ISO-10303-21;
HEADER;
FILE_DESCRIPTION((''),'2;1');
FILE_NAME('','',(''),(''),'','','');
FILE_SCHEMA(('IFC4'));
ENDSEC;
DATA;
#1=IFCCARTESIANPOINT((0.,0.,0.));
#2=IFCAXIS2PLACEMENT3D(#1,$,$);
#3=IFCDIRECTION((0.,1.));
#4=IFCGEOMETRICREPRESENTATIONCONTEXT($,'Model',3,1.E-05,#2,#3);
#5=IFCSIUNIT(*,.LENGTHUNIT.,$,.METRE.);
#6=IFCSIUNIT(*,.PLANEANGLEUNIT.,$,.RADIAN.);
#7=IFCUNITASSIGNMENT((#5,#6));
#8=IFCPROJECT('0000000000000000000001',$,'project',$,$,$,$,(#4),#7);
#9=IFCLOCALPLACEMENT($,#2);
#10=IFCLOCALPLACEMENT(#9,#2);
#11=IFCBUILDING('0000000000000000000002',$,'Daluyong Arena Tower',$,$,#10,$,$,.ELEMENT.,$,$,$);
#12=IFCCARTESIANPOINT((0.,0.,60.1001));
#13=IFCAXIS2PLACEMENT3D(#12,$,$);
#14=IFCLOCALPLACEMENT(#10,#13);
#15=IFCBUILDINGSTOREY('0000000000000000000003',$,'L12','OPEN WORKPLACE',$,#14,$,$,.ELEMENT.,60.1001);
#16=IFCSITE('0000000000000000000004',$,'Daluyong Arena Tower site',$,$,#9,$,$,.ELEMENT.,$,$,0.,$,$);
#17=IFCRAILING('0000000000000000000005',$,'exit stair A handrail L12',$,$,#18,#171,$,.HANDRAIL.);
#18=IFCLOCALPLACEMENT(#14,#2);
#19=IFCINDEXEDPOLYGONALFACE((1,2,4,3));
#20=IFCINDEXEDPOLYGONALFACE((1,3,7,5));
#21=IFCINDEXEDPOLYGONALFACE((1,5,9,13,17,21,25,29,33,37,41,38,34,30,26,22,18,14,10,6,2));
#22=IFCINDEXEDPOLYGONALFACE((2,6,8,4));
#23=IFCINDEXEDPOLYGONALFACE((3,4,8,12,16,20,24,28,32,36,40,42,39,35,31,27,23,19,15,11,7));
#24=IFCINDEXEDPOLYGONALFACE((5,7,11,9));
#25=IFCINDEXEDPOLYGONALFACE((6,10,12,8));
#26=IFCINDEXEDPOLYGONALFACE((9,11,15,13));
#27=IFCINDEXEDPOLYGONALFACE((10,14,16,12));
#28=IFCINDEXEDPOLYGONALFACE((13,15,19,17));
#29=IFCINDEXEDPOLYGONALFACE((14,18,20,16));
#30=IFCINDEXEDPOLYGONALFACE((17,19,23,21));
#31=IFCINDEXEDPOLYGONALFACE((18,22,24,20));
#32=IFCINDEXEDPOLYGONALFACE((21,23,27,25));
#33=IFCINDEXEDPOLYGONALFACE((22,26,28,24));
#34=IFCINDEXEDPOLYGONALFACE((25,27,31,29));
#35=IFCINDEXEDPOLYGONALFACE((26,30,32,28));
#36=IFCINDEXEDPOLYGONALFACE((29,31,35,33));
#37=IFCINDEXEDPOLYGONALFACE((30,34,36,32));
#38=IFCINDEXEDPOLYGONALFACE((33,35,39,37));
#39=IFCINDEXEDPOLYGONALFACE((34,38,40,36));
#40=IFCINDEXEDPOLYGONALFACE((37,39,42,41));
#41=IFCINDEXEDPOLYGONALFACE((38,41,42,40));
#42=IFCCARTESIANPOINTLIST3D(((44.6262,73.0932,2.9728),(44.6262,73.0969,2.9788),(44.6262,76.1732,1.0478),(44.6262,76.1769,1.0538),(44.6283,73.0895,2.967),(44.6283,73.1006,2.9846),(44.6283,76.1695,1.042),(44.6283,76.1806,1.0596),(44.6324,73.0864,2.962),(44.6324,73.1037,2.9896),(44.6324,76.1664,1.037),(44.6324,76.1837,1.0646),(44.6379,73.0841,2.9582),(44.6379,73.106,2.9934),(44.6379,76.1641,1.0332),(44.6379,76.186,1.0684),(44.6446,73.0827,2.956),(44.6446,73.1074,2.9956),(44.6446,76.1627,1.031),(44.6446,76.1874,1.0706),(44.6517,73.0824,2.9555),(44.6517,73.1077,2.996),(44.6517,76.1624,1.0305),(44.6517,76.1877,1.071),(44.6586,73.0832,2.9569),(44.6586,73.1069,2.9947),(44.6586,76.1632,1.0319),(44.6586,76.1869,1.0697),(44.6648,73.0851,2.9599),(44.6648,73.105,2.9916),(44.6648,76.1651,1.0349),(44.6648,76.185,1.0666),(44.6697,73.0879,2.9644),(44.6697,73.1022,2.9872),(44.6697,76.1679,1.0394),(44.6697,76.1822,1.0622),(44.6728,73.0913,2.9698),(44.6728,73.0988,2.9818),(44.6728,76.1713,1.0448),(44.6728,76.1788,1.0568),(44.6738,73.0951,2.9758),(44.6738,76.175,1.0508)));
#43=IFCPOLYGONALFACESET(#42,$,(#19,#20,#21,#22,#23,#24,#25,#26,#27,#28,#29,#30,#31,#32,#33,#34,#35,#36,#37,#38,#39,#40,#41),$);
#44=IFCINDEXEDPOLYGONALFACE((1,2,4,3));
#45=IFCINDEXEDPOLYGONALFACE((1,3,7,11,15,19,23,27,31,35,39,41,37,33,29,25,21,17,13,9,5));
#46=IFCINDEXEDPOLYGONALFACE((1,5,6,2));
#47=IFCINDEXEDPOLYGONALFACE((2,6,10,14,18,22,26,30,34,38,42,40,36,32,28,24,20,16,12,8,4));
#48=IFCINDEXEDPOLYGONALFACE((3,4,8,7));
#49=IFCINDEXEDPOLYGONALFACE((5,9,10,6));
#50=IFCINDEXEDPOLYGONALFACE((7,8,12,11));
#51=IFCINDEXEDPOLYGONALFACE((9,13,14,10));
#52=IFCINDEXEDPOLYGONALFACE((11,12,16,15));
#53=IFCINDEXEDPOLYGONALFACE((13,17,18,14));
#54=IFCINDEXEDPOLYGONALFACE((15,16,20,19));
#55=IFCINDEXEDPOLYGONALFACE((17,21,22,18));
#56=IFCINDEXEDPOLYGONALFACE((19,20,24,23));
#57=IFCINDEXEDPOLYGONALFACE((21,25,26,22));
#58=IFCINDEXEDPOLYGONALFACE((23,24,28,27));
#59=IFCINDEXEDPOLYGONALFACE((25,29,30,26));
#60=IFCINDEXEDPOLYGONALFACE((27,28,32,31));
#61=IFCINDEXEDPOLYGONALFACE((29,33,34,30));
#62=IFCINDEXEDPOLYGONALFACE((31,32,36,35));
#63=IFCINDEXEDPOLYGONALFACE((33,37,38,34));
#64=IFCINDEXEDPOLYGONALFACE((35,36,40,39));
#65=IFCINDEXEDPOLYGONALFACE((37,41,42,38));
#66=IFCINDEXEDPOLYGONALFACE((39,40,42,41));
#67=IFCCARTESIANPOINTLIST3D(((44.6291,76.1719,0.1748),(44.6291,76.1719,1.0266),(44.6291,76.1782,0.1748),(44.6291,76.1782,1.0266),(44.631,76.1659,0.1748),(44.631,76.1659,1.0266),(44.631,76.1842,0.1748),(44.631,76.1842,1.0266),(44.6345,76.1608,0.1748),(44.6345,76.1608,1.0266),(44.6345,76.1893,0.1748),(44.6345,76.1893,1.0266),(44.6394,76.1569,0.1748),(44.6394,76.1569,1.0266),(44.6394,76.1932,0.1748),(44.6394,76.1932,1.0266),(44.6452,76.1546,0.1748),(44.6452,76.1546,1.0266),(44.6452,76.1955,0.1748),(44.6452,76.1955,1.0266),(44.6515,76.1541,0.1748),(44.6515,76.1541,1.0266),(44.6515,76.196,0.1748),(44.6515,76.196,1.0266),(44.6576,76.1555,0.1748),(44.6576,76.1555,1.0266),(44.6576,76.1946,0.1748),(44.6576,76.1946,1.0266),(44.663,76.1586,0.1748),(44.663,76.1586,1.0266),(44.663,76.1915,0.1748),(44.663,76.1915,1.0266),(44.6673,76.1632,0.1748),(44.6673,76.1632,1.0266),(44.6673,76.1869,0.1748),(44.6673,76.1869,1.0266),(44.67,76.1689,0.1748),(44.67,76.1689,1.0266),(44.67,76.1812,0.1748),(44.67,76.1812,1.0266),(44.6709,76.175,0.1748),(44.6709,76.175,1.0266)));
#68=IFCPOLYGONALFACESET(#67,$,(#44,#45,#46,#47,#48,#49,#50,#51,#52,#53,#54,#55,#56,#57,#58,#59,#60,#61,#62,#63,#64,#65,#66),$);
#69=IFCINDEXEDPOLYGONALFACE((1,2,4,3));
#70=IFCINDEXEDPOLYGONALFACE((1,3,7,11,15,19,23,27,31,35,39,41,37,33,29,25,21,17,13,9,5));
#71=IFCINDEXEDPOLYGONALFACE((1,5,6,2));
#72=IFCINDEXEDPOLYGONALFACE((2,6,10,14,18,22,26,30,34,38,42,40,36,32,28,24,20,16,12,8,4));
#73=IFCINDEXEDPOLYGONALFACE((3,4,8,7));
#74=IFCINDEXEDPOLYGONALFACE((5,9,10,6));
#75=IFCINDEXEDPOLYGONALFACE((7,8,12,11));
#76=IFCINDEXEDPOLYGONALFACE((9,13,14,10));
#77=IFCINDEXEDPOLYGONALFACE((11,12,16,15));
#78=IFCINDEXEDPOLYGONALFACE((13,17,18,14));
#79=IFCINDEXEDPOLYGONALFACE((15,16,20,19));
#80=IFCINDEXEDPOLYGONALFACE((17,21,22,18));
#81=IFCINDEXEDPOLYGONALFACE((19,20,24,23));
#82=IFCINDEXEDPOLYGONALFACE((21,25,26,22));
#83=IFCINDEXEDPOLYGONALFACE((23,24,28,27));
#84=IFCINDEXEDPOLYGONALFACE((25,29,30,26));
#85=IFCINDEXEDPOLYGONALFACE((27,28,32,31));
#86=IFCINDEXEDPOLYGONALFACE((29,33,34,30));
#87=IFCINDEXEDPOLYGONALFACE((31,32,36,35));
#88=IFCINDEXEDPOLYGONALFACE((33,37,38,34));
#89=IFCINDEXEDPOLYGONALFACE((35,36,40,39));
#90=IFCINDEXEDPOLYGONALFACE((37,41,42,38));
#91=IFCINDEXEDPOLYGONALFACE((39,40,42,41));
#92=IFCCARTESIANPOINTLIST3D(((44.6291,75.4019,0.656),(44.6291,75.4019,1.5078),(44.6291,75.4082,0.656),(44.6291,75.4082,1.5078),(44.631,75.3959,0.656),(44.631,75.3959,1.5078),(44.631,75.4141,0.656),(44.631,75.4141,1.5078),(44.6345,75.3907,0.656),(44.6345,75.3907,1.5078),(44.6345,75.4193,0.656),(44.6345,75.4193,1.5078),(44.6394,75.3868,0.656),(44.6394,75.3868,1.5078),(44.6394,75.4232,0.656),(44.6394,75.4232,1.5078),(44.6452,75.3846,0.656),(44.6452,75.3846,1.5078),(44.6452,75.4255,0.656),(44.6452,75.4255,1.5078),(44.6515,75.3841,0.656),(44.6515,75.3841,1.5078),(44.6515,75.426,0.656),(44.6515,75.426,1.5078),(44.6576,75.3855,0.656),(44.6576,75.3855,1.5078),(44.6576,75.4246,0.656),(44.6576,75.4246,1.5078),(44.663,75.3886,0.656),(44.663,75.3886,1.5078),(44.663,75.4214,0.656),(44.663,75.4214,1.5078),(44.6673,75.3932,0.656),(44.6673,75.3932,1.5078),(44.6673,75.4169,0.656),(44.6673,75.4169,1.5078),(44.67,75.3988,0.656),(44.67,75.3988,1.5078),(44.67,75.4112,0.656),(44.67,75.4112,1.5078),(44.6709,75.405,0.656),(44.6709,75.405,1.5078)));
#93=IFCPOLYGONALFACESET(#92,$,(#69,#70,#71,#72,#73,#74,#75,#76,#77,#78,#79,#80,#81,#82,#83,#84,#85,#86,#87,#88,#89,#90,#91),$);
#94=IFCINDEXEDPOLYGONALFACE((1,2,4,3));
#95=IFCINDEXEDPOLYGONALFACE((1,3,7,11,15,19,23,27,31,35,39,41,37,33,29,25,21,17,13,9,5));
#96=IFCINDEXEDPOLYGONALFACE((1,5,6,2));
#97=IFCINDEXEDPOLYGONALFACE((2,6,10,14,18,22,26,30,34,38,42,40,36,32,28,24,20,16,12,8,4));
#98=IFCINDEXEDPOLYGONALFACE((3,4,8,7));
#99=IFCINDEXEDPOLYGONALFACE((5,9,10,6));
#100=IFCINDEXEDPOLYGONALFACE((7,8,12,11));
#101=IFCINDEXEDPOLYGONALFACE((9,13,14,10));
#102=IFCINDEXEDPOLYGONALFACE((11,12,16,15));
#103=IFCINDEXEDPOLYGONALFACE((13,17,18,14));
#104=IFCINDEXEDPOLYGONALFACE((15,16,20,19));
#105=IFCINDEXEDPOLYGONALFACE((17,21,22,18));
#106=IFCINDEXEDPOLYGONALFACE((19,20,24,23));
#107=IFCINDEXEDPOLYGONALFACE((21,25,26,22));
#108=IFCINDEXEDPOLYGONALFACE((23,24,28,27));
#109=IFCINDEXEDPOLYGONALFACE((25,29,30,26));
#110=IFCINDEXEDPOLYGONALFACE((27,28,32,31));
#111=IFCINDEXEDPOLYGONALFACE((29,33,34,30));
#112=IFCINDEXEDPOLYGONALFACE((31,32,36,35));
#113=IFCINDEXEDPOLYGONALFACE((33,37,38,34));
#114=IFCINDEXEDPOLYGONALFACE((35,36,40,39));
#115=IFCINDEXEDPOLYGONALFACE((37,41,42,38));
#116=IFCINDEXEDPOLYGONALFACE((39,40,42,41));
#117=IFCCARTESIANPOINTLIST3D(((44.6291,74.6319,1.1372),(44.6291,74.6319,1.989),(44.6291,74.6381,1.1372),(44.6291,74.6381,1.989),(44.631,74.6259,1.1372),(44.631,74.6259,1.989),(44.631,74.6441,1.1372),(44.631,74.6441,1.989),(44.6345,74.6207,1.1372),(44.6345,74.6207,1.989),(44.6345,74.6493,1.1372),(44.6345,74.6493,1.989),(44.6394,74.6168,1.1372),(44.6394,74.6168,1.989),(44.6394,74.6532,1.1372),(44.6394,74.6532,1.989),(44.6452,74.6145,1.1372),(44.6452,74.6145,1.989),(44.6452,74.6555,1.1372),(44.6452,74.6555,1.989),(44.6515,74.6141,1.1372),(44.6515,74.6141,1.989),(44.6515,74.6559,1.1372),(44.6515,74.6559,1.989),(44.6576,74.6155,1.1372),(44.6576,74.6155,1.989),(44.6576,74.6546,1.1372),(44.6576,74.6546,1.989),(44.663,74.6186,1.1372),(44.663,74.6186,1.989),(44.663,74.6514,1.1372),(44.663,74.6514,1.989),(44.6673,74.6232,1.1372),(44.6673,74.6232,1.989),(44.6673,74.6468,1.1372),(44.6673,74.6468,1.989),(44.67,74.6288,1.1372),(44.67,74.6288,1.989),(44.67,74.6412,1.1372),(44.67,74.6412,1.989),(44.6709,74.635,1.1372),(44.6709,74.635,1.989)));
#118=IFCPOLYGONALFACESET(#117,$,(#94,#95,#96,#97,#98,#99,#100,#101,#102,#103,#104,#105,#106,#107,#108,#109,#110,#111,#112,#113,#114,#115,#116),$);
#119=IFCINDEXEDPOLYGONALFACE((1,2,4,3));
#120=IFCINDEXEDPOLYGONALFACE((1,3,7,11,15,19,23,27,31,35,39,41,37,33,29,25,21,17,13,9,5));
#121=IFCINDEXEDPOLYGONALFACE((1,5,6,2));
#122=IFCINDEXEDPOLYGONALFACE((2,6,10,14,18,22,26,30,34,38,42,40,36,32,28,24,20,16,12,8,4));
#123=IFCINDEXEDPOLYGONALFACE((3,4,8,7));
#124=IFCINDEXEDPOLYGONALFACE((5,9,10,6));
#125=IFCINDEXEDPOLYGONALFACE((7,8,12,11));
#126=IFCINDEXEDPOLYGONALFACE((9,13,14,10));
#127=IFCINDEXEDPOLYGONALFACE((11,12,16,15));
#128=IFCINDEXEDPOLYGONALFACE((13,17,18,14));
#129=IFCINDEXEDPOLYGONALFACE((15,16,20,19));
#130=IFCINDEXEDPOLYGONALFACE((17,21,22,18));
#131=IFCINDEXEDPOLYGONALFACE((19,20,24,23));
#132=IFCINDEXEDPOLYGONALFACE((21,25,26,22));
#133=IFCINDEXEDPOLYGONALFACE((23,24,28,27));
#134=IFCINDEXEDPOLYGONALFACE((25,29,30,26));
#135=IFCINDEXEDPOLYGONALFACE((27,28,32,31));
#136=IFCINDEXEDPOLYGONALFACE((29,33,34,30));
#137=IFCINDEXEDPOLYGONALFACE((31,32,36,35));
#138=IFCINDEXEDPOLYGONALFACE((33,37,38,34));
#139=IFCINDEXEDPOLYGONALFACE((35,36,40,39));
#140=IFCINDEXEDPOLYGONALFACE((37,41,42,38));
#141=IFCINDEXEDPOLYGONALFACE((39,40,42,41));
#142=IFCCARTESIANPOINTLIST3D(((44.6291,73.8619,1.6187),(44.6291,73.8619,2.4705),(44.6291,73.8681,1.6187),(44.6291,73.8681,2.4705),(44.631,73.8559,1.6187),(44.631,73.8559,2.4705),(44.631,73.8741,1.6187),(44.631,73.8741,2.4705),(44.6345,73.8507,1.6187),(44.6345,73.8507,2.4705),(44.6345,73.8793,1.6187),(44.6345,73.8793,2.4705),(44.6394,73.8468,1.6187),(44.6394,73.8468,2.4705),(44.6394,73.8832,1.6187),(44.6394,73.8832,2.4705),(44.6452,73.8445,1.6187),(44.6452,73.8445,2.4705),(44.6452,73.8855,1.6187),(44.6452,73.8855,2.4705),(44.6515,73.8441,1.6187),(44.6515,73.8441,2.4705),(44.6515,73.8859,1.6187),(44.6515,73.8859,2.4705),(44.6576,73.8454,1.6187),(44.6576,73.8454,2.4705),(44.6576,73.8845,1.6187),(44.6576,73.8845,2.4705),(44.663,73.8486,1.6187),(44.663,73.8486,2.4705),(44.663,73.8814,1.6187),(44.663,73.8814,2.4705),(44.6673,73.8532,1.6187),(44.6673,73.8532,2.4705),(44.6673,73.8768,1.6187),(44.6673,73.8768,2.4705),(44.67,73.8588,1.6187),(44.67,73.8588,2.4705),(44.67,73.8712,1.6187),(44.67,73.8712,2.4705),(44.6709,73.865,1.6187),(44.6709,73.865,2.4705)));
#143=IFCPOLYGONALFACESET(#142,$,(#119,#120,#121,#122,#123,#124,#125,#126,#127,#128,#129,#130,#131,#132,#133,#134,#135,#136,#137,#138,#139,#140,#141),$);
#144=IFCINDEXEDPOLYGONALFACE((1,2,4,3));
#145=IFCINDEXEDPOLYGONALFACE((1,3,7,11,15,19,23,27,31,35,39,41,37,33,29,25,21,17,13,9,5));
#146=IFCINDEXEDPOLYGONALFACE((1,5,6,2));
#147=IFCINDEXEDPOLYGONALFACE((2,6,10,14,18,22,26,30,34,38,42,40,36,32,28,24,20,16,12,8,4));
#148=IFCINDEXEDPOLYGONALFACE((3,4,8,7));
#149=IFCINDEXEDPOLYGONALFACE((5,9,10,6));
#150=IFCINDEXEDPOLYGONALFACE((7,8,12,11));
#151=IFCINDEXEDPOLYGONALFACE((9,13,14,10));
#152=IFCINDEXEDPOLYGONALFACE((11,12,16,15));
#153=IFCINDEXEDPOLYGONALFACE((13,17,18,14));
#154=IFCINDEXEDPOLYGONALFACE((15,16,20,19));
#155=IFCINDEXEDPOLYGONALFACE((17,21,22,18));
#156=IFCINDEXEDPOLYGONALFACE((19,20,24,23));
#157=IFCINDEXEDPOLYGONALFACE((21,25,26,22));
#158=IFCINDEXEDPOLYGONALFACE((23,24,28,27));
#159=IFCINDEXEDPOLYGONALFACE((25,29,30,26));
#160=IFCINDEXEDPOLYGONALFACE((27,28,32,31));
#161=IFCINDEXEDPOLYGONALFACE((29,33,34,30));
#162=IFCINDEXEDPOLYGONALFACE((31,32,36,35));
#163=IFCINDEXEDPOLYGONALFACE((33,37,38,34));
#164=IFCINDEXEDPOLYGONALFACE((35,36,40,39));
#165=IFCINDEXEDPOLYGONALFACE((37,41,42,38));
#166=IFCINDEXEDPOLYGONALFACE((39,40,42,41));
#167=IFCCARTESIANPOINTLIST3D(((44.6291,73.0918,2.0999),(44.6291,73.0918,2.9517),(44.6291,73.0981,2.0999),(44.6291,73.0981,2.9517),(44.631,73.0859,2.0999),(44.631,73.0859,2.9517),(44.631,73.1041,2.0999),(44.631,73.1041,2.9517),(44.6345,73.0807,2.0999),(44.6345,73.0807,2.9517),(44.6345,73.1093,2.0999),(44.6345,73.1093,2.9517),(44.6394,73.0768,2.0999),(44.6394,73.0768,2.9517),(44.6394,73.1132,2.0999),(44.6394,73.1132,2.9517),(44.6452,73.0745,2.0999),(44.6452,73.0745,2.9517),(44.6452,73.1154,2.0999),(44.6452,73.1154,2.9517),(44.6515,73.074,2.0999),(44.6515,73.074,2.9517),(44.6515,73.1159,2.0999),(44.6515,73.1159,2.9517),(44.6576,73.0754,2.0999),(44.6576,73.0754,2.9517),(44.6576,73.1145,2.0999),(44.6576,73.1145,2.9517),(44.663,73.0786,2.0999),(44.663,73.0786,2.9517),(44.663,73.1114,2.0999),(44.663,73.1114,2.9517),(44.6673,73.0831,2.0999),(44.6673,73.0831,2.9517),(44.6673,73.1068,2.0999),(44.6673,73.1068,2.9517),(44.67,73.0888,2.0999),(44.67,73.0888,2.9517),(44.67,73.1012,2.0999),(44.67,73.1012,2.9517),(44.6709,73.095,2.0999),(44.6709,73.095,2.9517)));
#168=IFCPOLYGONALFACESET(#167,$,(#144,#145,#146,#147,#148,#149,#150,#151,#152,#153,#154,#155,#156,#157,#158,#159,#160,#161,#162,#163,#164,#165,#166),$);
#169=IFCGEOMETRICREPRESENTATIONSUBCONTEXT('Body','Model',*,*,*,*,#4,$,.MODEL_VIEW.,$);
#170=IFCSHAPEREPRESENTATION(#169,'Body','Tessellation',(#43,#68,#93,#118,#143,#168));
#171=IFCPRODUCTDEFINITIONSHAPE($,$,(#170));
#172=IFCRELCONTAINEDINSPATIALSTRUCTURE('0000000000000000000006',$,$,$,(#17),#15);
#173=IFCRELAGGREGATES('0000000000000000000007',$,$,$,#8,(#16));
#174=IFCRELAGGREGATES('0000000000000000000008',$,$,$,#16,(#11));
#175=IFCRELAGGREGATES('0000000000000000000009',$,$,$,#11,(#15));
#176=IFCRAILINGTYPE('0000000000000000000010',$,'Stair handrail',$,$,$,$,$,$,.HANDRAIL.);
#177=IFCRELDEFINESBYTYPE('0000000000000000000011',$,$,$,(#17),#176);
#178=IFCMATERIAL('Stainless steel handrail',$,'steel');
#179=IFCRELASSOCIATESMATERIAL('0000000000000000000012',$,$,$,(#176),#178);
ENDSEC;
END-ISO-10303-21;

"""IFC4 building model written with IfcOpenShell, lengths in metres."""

from ifc_helpers import new_model, si_unit, direction, frame, origin, origin_2d, place, context, subcontext, project, spatial, circle, extrude, material, type_object, element, save


model = new_model("IFC4")

# Units and contexts
model_context = context("Model", 3, precision=1e-05, world=origin(), true_north=direction((0.0, 1.0)))
body_context = subcontext(model_context, "Body", "Model", "MODEL_VIEW")
ifc_project = project(units=[si_unit("LENGTHUNIT", "METRE"), si_unit("PLANEANGLEUNIT", "RADIAN")], contexts=[model_context])

# Site, building, storey
site_placement = place(None, origin())
site = spatial("IfcSite", under=ifc_project, at=site_placement, Name="Daluyong Arena Tower site", CompositionType="ELEMENT", RefElevation=0.0)
building_placement = place(site_placement, origin())
building = spatial("IfcBuilding", under=site, at=building_placement, Name="Daluyong Arena Tower", CompositionType="ELEMENT")
storey_placement = place(building_placement, frame((0.0, 0.0, 60.1001)))
storey = spatial("IfcBuildingStorey", under=building, at=storey_placement, Name="L12", Description="OPEN WORKPLACE", CompositionType="ELEMENT", Elevation=60.1001)

# Railing
ifc_material_1 = material(Name="Stainless steel handrail", Category="steel")
railing_type_1 = type_object("IfcRailingType", Name="Stair handrail", PredefinedType="HANDRAIL", material=ifc_material_1)
railing_1_placement = place(storey_placement, frame((44.6499, 76.175, 0.1748)))
element("IfcRailing", 1, at=railing_1_placement, inside=storey, type_object=railing_type_1, Name="exit stair A handrail L12", PredefinedType="HANDRAIL", context=body_context, shape_type="SweptSolid", body=[
    extrude(circle(Radius=0.0239, at=origin_2d()), frame((0.0, 0.0, 0.876), z_axis=(0.0, -0.847998, 0.529999), x_axis=(1.0, 0.0, 0.0)), (0.0, 0.0, 1.0), 3.6321),
    extrude(circle(Radius=0.021, at=origin_2d()), origin(), (0.0, 0.0, 1.0), 0.8518),
    extrude(circle(Radius=0.021, at=origin_2d()), frame((0.0, -0.77, 0.4812)), (0.0, 0.0, 1.0), 0.8518),
    extrude(circle(Radius=0.021, at=origin_2d()), frame((0.0, -1.54, 0.9624)), (0.0, 0.0, 1.0), 0.8518),
    extrude(circle(Radius=0.021, at=origin_2d()), frame((0.0, -2.3101, 1.4438)), (0.0, 0.0, 1.0), 0.8518),
    extrude(circle(Radius=0.021, at=origin_2d()), frame((0.0, -3.0801, 1.925)), (0.0, 0.0, 1.0), 0.8518),
])

save(model, "model.ifc")
